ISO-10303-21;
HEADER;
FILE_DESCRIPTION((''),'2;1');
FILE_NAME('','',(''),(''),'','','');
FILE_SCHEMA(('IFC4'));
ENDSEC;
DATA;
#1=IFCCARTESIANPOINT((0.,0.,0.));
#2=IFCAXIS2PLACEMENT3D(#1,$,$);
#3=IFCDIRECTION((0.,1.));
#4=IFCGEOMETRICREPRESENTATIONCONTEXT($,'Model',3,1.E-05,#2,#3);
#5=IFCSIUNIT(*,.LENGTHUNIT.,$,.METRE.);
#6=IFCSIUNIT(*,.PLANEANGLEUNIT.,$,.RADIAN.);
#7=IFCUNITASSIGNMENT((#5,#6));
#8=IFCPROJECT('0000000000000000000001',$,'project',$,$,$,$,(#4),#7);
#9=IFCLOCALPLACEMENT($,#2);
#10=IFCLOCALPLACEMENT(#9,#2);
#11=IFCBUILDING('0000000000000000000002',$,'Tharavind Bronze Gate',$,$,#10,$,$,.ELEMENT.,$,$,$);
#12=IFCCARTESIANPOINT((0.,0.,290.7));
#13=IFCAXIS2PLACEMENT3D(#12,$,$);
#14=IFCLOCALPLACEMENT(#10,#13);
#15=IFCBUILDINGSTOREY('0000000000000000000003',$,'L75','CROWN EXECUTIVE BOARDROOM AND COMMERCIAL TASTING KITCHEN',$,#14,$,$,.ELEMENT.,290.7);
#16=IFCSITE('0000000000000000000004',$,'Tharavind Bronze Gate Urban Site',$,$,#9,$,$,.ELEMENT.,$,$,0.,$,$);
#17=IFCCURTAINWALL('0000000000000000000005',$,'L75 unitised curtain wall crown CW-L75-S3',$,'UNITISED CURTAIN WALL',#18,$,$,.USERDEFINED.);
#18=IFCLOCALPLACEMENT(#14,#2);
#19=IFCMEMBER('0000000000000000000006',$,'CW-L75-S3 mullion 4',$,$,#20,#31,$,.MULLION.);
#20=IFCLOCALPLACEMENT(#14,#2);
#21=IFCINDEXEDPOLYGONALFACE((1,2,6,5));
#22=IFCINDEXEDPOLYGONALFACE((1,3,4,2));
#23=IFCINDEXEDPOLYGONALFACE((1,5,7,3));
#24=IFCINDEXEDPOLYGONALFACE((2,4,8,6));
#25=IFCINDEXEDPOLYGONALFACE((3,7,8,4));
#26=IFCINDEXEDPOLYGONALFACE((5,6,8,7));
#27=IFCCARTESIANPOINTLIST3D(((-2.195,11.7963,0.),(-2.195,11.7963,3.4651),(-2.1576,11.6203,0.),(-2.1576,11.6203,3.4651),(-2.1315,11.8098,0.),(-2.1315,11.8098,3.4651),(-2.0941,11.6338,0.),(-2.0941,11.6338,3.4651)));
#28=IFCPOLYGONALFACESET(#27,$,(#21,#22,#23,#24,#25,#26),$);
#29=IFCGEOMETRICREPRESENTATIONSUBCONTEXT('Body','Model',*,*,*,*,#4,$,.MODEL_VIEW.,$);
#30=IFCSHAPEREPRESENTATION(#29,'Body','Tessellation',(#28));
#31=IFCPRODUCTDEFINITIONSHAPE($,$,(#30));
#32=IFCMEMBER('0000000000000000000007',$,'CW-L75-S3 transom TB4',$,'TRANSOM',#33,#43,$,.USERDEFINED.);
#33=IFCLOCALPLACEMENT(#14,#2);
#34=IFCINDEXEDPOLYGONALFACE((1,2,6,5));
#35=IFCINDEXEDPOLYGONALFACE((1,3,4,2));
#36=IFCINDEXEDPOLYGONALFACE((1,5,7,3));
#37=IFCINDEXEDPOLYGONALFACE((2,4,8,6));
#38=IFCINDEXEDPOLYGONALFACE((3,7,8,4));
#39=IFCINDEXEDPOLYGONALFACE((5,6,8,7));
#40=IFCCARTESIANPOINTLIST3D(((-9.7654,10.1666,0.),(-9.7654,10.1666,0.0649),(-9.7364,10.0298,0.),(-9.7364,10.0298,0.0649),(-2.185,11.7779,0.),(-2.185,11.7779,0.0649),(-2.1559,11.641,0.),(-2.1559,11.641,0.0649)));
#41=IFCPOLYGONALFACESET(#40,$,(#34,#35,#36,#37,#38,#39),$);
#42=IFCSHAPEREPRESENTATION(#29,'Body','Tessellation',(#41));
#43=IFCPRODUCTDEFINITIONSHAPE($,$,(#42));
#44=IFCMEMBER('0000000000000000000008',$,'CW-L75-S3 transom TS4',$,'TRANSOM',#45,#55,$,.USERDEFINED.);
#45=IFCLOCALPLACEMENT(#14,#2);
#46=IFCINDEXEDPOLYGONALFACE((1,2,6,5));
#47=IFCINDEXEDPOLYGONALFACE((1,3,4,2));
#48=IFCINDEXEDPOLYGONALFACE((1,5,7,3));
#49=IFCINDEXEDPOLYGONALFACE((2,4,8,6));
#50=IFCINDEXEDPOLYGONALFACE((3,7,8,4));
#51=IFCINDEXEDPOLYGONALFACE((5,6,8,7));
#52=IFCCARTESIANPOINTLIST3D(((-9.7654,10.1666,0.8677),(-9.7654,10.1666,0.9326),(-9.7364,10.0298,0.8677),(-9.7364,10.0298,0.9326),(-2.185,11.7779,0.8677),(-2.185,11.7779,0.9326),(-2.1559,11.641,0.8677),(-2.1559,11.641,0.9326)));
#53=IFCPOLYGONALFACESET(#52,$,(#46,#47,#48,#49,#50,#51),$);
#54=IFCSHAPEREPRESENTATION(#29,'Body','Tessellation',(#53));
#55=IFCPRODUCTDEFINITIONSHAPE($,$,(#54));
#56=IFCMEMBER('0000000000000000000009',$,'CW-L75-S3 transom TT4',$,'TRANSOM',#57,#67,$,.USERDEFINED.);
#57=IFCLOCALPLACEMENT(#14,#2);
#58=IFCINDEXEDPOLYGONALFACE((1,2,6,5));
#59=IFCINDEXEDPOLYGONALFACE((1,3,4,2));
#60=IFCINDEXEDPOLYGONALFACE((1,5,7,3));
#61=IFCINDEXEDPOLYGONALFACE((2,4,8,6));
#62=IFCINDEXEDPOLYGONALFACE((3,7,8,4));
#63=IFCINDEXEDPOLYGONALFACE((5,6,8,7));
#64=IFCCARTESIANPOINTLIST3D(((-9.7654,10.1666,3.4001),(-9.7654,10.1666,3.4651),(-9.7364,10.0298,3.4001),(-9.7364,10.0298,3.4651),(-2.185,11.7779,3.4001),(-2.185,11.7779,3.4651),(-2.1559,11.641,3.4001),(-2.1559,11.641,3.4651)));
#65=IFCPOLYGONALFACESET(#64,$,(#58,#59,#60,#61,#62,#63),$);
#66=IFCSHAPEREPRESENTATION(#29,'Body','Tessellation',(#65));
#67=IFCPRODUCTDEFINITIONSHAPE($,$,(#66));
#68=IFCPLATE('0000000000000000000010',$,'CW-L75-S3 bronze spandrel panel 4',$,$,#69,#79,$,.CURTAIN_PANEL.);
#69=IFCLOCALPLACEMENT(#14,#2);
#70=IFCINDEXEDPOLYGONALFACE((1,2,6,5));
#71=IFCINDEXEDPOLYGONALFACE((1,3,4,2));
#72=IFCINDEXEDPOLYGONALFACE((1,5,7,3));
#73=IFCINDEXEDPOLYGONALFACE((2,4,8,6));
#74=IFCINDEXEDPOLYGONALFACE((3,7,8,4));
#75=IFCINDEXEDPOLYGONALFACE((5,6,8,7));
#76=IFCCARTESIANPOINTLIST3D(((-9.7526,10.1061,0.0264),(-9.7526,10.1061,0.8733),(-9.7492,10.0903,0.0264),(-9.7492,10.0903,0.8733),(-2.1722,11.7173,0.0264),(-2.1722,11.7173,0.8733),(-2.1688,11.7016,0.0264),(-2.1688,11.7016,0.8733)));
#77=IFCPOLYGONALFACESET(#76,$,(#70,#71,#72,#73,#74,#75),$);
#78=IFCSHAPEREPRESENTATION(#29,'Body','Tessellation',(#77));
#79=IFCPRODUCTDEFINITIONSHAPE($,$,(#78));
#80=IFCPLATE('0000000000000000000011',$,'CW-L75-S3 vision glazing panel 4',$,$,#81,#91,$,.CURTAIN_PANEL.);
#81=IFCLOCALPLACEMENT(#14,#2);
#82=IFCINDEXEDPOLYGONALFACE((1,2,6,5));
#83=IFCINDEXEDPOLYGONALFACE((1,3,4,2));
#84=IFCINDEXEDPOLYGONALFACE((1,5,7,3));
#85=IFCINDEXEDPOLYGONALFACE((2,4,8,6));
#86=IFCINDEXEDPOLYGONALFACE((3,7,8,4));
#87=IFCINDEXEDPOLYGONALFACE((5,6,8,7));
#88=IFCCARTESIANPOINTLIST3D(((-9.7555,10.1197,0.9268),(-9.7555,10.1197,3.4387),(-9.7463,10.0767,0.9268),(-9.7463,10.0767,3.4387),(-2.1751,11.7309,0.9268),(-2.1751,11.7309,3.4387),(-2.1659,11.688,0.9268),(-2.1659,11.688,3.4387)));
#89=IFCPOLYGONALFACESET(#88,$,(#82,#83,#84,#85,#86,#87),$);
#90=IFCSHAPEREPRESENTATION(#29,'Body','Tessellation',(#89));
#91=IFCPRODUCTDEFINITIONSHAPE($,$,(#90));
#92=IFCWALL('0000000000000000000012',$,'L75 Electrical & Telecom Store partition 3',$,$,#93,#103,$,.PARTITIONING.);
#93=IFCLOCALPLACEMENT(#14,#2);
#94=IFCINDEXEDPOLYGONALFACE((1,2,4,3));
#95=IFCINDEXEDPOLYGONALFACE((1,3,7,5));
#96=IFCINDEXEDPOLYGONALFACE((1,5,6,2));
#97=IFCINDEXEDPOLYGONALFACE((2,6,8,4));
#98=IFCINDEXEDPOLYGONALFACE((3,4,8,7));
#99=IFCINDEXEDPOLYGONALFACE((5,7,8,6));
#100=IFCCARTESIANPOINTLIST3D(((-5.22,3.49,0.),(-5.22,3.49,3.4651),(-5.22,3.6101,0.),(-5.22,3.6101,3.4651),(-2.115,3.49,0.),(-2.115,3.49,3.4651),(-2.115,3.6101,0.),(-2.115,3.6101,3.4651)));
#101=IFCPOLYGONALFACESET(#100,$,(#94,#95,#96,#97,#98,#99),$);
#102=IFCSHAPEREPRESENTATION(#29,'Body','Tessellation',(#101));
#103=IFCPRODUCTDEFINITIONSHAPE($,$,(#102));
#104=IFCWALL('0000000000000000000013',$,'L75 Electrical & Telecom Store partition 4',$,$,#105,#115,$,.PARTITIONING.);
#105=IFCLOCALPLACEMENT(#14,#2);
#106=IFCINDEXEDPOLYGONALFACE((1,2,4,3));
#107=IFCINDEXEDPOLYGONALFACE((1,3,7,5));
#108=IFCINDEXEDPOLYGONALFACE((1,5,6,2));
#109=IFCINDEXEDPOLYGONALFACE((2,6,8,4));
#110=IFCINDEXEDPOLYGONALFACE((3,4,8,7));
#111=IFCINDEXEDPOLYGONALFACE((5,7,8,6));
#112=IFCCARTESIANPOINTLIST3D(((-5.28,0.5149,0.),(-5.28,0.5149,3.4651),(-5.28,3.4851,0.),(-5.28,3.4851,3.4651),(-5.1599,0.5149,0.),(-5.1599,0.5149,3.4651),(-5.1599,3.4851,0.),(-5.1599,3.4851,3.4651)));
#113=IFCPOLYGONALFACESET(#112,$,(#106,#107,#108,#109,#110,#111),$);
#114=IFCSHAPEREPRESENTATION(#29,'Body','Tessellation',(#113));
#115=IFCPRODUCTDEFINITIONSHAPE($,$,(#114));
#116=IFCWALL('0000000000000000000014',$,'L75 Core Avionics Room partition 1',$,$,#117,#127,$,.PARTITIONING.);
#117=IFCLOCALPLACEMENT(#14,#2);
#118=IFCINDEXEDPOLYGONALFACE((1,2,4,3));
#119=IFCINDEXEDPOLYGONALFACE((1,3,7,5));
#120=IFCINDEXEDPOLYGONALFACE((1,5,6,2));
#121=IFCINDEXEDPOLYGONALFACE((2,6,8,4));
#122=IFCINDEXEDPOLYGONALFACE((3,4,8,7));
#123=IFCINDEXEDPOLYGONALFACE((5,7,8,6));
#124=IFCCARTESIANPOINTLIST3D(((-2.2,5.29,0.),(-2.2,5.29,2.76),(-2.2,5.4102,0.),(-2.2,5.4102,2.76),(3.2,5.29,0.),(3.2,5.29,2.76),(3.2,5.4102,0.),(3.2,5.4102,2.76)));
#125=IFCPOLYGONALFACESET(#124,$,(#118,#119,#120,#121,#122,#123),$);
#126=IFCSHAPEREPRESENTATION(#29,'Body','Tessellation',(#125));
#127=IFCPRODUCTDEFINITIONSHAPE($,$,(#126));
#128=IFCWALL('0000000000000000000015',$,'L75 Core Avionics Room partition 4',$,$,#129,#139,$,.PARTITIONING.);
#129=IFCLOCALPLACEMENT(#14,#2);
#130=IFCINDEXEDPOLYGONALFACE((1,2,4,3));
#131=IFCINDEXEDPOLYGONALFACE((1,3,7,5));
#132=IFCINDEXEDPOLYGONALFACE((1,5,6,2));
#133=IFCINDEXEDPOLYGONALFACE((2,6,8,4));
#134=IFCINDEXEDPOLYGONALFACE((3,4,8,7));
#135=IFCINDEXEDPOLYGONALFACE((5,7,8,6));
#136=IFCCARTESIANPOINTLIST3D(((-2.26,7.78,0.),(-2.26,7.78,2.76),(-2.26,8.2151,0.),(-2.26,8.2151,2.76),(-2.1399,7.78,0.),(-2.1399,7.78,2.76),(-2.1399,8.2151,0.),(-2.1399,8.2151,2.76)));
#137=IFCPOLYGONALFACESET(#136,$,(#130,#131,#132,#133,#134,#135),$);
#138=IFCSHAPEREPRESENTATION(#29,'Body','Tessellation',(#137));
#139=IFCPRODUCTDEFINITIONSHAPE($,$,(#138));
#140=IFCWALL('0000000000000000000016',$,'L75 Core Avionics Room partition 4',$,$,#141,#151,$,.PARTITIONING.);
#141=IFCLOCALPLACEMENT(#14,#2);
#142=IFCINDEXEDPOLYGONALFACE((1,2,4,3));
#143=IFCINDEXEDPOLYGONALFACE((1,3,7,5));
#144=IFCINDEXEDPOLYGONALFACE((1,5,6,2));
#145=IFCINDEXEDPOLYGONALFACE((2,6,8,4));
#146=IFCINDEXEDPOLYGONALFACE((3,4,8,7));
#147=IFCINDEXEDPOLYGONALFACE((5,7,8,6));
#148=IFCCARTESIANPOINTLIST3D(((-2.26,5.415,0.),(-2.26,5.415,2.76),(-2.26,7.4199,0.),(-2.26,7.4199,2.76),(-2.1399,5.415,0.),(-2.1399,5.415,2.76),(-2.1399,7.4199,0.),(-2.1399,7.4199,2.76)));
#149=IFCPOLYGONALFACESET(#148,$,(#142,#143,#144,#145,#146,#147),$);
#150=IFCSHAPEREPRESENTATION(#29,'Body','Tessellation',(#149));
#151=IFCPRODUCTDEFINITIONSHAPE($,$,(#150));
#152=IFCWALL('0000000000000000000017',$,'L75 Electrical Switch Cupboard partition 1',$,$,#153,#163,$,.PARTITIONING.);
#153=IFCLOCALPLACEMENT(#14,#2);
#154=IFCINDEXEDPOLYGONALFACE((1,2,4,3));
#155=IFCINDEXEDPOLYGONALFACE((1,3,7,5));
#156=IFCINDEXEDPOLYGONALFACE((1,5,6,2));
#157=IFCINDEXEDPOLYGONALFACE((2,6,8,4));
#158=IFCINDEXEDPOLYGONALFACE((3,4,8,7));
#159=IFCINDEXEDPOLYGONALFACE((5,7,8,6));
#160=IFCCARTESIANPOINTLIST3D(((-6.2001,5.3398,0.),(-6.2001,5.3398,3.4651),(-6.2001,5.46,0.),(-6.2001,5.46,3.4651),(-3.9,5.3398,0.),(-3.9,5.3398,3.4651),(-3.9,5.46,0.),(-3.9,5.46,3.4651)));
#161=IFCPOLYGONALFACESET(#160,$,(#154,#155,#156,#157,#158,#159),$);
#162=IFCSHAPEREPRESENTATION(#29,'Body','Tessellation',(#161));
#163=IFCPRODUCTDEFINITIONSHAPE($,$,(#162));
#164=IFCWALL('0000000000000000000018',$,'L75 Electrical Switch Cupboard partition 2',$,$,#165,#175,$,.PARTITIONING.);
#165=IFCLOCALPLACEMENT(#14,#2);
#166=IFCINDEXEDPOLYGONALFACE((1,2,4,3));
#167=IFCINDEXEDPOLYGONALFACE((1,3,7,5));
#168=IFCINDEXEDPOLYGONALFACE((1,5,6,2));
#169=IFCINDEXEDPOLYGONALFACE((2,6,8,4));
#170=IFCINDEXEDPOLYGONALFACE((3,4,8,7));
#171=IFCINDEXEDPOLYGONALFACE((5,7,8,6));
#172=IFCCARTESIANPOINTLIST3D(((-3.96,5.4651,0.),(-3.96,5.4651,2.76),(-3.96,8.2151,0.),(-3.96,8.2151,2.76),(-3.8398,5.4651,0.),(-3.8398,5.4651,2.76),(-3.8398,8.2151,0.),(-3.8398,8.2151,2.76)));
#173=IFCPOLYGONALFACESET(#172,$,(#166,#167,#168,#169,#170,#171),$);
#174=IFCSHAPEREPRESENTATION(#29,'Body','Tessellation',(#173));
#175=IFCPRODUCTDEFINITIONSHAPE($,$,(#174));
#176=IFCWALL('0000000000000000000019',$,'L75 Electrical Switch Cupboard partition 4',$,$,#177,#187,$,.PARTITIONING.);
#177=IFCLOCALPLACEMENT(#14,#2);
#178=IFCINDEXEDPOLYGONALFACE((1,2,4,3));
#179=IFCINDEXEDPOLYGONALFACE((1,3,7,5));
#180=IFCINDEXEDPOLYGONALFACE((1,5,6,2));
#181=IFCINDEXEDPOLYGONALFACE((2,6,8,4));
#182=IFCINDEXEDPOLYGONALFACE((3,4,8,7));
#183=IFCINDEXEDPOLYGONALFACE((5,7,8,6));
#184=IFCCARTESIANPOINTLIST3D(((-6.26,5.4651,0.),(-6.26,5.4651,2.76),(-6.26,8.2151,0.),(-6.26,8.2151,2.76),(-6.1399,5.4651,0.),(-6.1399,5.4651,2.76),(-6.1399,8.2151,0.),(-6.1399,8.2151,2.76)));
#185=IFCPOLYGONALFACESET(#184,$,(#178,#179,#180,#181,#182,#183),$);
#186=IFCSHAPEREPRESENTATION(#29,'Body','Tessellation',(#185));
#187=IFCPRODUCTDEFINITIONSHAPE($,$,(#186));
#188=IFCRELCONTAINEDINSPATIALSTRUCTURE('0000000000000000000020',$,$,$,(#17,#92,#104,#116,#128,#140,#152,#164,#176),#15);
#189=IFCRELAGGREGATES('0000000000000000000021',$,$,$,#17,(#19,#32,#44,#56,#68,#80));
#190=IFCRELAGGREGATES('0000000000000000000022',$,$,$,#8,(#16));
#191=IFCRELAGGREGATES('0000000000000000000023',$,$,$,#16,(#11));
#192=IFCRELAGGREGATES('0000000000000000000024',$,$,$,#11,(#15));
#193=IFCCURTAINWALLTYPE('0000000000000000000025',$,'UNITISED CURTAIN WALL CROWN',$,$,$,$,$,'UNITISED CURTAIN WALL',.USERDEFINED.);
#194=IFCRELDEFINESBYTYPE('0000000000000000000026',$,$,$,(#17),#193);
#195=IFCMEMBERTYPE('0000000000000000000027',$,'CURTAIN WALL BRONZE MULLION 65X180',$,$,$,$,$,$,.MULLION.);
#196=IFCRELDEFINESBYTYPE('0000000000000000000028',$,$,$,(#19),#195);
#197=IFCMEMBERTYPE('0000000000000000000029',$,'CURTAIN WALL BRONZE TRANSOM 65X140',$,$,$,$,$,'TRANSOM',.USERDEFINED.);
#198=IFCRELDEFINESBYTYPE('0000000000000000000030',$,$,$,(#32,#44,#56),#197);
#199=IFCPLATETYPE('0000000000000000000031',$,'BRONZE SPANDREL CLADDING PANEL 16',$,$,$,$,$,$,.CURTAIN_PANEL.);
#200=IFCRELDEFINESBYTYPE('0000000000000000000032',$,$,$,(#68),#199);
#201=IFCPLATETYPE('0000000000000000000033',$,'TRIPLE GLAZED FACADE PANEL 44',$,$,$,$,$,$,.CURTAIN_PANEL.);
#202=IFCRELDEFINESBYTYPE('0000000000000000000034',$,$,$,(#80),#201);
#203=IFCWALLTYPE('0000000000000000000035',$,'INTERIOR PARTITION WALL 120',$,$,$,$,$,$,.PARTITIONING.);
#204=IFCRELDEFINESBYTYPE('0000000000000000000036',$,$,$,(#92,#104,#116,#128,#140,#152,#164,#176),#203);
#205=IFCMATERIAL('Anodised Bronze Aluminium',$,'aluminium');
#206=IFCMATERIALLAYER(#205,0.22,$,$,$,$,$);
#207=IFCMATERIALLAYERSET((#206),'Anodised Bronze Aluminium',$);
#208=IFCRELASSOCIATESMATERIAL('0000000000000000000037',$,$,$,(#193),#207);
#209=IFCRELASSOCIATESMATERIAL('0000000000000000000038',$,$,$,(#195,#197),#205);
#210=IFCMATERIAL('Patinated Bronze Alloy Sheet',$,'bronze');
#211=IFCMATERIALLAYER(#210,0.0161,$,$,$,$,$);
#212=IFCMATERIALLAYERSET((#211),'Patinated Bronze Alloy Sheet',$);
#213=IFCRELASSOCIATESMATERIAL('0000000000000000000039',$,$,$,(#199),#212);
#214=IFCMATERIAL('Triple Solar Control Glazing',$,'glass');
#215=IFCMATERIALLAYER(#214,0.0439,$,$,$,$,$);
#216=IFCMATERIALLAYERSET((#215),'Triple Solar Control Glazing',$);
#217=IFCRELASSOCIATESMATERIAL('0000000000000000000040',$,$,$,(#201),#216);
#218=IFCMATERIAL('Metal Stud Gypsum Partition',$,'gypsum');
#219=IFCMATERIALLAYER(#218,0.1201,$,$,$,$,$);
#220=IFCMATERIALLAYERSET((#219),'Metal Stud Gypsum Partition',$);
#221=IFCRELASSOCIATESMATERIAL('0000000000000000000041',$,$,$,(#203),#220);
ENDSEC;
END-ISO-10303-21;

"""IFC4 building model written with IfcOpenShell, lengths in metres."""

from ifc_helpers import new_model, si_unit, direction, frame, frame_2d, origin, origin_2d, place, context, subcontext, project, spatial, rectangle, extrude, material, layer, layer_set, type_object, element, aggregate, save


model = new_model("IFC4")

# Units and contexts
model_context = context("Model", 3, precision=1e-05, world=origin(), true_north=direction((0.0, 1.0)))
body_context = subcontext(model_context, "Body", "Model", "MODEL_VIEW")
ifc_project = project(units=[si_unit("LENGTHUNIT", "METRE"), si_unit("PLANEANGLEUNIT", "RADIAN")], contexts=[model_context])

# Site, building, storey
site_placement = place(None, origin())
site = spatial("IfcSite", under=ifc_project, at=site_placement, Name="Tharavind Bronze Gate Urban Site", CompositionType="ELEMENT", RefElevation=0.0)
building_placement = place(site_placement, origin())
building = spatial("IfcBuilding", under=site, at=building_placement, Name="Tharavind Bronze Gate", CompositionType="ELEMENT")
storey_placement = place(building_placement, frame((0.0, 0.0, 290.7)))
storey = spatial("IfcBuildingStorey", under=building, at=storey_placement, Name="L75", Description="CROWN EXECUTIVE BOARDROOM AND COMMERCIAL TASTING KITCHEN", CompositionType="ELEMENT", Elevation=290.7)

# Curtain wall, members, plates
ifc_material_1 = material(Name="Anodised Bronze Aluminium", Category="aluminium")
ifc_layer_1 = layer(ifc_material_1, 0.22)
ifc_layer_set_1 = layer_set([ifc_layer_1], Name="Anodised Bronze Aluminium")
curtain_wall_type = type_object("IfcCurtainWallType", Name="UNITISED CURTAIN WALL CROWN", ElementType="UNITISED CURTAIN WALL", PredefinedType="USERDEFINED", material=ifc_layer_set_1)
curtain_wall_placement = place(storey_placement, origin())
curtain_wall = element("IfcCurtainWall", 1, at=curtain_wall_placement, inside=storey, type_object=curtain_wall_type, Name="L75 unitised curtain wall crown CW-L75-S3", ObjectType="UNITISED CURTAIN WALL", PredefinedType="USERDEFINED")
member_type_1 = type_object("IfcMemberType", Name="CURTAIN WALL BRONZE MULLION 65X180", PredefinedType="MULLION", material=ifc_material_1)
member_1_placement = place(storey_placement, frame((-2.1445, 11.7151, 0.0), z_axis=(0.0, 0.0, 1.0), x_axis=(-0.978147, -0.207913, 0.0)))
member_1 = element("IfcMember", 2, at=member_1_placement, type_object=member_type_1, Name="CW-L75-S3 mullion 4", PredefinedType="MULLION", context=body_context, shape_type="SweptSolid", body=[
    extrude(rectangle(XDim=0.0649, YDim=0.1799, at=origin_2d()), origin(), (0.0, 0.0, 1.0), 3.4651),
])
member_type_2 = type_object("IfcMemberType", Name="CURTAIN WALL BRONZE TRANSOM 65X140", ElementType="TRANSOM", PredefinedType="USERDEFINED", material=ifc_material_1)
member_2_placement = place(storey_placement, frame((-5.9607, 10.9038, 0.0), z_axis=(0.0, 0.0, 1.0), x_axis=(-0.978147, -0.207913, 0.0)))
member_2 = element("IfcMember", 3, at=member_2_placement, type_object=member_type_2, Name="CW-L75-S3 transom TB4", ObjectType="TRANSOM", PredefinedType="USERDEFINED", context=body_context, shape_type="SweptSolid", body=[
    extrude(rectangle(XDim=7.7498, YDim=0.1399, at=origin_2d()), origin(), (0.0, 0.0, 1.0), 0.0649),
])
member_3_placement = place(storey_placement, frame((-5.9607, 10.9038, 0.8677), z_axis=(0.0, 0.0, 1.0), x_axis=(-0.978147, -0.207913, 0.0)))
member_3 = element("IfcMember", 4, at=member_3_placement, type_object=member_type_2, Name="CW-L75-S3 transom TS4", ObjectType="TRANSOM", PredefinedType="USERDEFINED", context=body_context, shape_type="SweptSolid", body=[
    extrude(rectangle(XDim=7.7498, YDim=0.1399, at=origin_2d()), origin(), (0.0, 0.0, 1.0), 0.0649),
])
member_4_placement = place(storey_placement, frame((-5.9607, 10.9038, 3.4001), z_axis=(0.0, 0.0, 1.0), x_axis=(-0.978147, -0.207913, 0.0)))
member_4 = element("IfcMember", 5, at=member_4_placement, type_object=member_type_2, Name="CW-L75-S3 transom TT4", ObjectType="TRANSOM", PredefinedType="USERDEFINED", context=body_context, shape_type="SweptSolid", body=[
    extrude(rectangle(XDim=7.7498, YDim=0.1399, at=origin_2d()), origin(), (0.0, 0.0, 1.0), 0.0649),
])
ifc_material_2 = material(Name="Patinated Bronze Alloy Sheet", Category="bronze")
ifc_layer_2 = layer(ifc_material_2, 0.0161)
ifc_layer_set_2 = layer_set([ifc_layer_2], Name="Patinated Bronze Alloy Sheet")
plate_type_1 = type_object("IfcPlateType", Name="BRONZE SPANDREL CLADDING PANEL 16", PredefinedType="CURTAIN_PANEL", material=ifc_layer_set_2)
plate_1_placement = place(storey_placement, frame((-5.9607, 10.9038, 0.0264), z_axis=(0.0, 0.0, 1.0), x_axis=(-0.978147, -0.207913, 0.0)))
plate_1 = element("IfcPlate", 6, at=plate_1_placement, type_object=plate_type_1, Name="CW-L75-S3 bronze spandrel panel 4", PredefinedType="CURTAIN_PANEL", context=body_context, shape_type="SweptSolid", body=[
    extrude(rectangle(XDim=7.7498, YDim=0.0161, at=origin_2d()), origin(), (0.0, 0.0, 1.0), 0.8469),
])
ifc_material_3 = material(Name="Triple Solar Control Glazing", Category="glass")
ifc_layer_3 = layer(ifc_material_3, 0.0439)
ifc_layer_set_3 = layer_set([ifc_layer_3], Name="Triple Solar Control Glazing")
plate_type_2 = type_object("IfcPlateType", Name="TRIPLE GLAZED FACADE PANEL 44", PredefinedType="CURTAIN_PANEL", material=ifc_layer_set_3)
plate_2_placement = place(storey_placement, frame((-5.9607, 10.9038, 0.9268), z_axis=(0.0, 0.0, 1.0), x_axis=(-0.978147, -0.207913, 0.0)))
plate_2 = element("IfcPlate", 7, at=plate_2_placement, type_object=plate_type_2, Name="CW-L75-S3 vision glazing panel 4", PredefinedType="CURTAIN_PANEL", context=body_context, shape_type="SweptSolid", body=[
    extrude(rectangle(XDim=7.7498, YDim=0.0439, at=origin_2d()), origin(), (0.0, 0.0, 1.0), 2.512),
])
aggregate(curtain_wall, [member_1, member_2, member_3, member_4, plate_1, plate_2])

# Walls
ifc_material_4 = material(Name="Metal Stud Gypsum Partition", Category="gypsum")
ifc_layer_4 = layer(ifc_material_4, 0.1201)
ifc_layer_set_4 = layer_set([ifc_layer_4], Name="Metal Stud Gypsum Partition")
wall_type_1 = type_object("IfcWallType", Name="INTERIOR PARTITION WALL 120", PredefinedType="PARTITIONING", material=ifc_layer_set_4)
wall_1_placement = place(storey_placement, frame((-2.115, 3.55, 0.0), z_axis=(0.0, 0.0, 1.0), x_axis=(-1.0, 0.0, 0.0)))
element("IfcWall", 8, at=wall_1_placement, inside=storey, type_object=wall_type_1, Name="L75 Electrical & Telecom Store partition 3", PredefinedType="PARTITIONING", context=body_context, shape_type="SweptSolid", body=[
    extrude(rectangle(XDim=3.105, YDim=0.1201, at=frame_2d((1.5525, 0.0))), origin(), (0.0, 0.0, 1.0), 3.4651),
])
wall_2_placement = place(storey_placement, frame((-5.22, 3.4851, 0.0), z_axis=(0.0, 0.0, 1.0), x_axis=(0.0, -1.0, 0.0)))
element("IfcWall", 9, at=wall_2_placement, inside=storey, type_object=wall_type_1, Name="L75 Electrical & Telecom Store partition 4", PredefinedType="PARTITIONING", context=body_context, shape_type="SweptSolid", body=[
    extrude(rectangle(XDim=2.9702, YDim=0.1201, at=frame_2d((1.4851, 0.0))), origin(), (0.0, 0.0, 1.0), 3.4651),
])
wall_3_placement = place(storey_placement, frame((-2.2, 5.3501, 0.0), z_axis=(0.0, 0.0, 1.0), x_axis=(1.0, 0.0, 0.0)))
element("IfcWall", 10, at=wall_3_placement, inside=storey, type_object=wall_type_1, Name="L75 Core Avionics Room partition 1", PredefinedType="PARTITIONING", context=body_context, shape_type="SweptSolid", body=[
    extrude(rectangle(XDim=5.3999, YDim=0.1201, at=frame_2d((2.7, 0.0))), origin(), (0.0, 0.0, 1.0), 2.76),
])
wall_4_placement = place(storey_placement, frame((-2.2, 8.2151, 0.0), z_axis=(0.0, 0.0, 1.0), x_axis=(0.0, -1.0, 0.0)))
element("IfcWall", 11, at=wall_4_placement, inside=storey, type_object=wall_type_1, Name="L75 Core Avionics Room partition 4", PredefinedType="PARTITIONING", context=body_context, shape_type="SweptSolid", body=[
    extrude(rectangle(XDim=0.4351, YDim=0.1201, at=frame_2d((0.2175, 0.0))), origin(), (0.0, 0.0, 1.0), 2.76),
])
wall_5_placement = place(storey_placement, frame((-2.2, 7.4199, 0.0), z_axis=(0.0, 0.0, 1.0), x_axis=(0.0, -1.0, 0.0)))
element("IfcWall", 12, at=wall_5_placement, inside=storey, type_object=wall_type_1, Name="L75 Core Avionics Room partition 4", PredefinedType="PARTITIONING", context=body_context, shape_type="SweptSolid", body=[
    extrude(rectangle(XDim=2.0049, YDim=0.1201, at=frame_2d((1.0024, 0.0))), origin(), (0.0, 0.0, 1.0), 2.76),
])
wall_6_placement = place(storey_placement, frame((-6.2, 5.3999, 0.0), z_axis=(0.0, 0.0, 1.0), x_axis=(1.0, 0.0, 0.0)))
element("IfcWall", 13, at=wall_6_placement, inside=storey, type_object=wall_type_1, Name="L75 Electrical Switch Cupboard partition 1", PredefinedType="PARTITIONING", context=body_context, shape_type="SweptSolid", body=[
    extrude(rectangle(XDim=2.3, YDim=0.1201, at=frame_2d((1.1499, 0.0))), origin(), (0.0, 0.0, 1.0), 3.4651),
])
for number, where, z_axis, x_axis, name in (
    (14, (-3.8999, 5.4651, 0.0), (0.0, 0.0, 1.0), (0.0, 1.0, 0.0), "L75 Electrical Switch Cupboard partition 2"),
    (15, (-6.2, 8.2151, 0.0), (0.0, 0.0, 1.0), (0.0, -1.0, 0.0), "L75 Electrical Switch Cupboard partition 4"),
):
    element("IfcWall", number, at=place(storey_placement, frame(where, z_axis=z_axis, x_axis=x_axis)), inside=storey, type_object=wall_type_1, Name=name, PredefinedType="PARTITIONING", context=body_context, shape_type="SweptSolid", body=[
        extrude(rectangle(XDim=2.75, YDim=0.1201, at=frame_2d((1.375, 0.0))), origin(), (0.0, 0.0, 1.0), 2.76),
    ])

save(model, "model.ifc")
